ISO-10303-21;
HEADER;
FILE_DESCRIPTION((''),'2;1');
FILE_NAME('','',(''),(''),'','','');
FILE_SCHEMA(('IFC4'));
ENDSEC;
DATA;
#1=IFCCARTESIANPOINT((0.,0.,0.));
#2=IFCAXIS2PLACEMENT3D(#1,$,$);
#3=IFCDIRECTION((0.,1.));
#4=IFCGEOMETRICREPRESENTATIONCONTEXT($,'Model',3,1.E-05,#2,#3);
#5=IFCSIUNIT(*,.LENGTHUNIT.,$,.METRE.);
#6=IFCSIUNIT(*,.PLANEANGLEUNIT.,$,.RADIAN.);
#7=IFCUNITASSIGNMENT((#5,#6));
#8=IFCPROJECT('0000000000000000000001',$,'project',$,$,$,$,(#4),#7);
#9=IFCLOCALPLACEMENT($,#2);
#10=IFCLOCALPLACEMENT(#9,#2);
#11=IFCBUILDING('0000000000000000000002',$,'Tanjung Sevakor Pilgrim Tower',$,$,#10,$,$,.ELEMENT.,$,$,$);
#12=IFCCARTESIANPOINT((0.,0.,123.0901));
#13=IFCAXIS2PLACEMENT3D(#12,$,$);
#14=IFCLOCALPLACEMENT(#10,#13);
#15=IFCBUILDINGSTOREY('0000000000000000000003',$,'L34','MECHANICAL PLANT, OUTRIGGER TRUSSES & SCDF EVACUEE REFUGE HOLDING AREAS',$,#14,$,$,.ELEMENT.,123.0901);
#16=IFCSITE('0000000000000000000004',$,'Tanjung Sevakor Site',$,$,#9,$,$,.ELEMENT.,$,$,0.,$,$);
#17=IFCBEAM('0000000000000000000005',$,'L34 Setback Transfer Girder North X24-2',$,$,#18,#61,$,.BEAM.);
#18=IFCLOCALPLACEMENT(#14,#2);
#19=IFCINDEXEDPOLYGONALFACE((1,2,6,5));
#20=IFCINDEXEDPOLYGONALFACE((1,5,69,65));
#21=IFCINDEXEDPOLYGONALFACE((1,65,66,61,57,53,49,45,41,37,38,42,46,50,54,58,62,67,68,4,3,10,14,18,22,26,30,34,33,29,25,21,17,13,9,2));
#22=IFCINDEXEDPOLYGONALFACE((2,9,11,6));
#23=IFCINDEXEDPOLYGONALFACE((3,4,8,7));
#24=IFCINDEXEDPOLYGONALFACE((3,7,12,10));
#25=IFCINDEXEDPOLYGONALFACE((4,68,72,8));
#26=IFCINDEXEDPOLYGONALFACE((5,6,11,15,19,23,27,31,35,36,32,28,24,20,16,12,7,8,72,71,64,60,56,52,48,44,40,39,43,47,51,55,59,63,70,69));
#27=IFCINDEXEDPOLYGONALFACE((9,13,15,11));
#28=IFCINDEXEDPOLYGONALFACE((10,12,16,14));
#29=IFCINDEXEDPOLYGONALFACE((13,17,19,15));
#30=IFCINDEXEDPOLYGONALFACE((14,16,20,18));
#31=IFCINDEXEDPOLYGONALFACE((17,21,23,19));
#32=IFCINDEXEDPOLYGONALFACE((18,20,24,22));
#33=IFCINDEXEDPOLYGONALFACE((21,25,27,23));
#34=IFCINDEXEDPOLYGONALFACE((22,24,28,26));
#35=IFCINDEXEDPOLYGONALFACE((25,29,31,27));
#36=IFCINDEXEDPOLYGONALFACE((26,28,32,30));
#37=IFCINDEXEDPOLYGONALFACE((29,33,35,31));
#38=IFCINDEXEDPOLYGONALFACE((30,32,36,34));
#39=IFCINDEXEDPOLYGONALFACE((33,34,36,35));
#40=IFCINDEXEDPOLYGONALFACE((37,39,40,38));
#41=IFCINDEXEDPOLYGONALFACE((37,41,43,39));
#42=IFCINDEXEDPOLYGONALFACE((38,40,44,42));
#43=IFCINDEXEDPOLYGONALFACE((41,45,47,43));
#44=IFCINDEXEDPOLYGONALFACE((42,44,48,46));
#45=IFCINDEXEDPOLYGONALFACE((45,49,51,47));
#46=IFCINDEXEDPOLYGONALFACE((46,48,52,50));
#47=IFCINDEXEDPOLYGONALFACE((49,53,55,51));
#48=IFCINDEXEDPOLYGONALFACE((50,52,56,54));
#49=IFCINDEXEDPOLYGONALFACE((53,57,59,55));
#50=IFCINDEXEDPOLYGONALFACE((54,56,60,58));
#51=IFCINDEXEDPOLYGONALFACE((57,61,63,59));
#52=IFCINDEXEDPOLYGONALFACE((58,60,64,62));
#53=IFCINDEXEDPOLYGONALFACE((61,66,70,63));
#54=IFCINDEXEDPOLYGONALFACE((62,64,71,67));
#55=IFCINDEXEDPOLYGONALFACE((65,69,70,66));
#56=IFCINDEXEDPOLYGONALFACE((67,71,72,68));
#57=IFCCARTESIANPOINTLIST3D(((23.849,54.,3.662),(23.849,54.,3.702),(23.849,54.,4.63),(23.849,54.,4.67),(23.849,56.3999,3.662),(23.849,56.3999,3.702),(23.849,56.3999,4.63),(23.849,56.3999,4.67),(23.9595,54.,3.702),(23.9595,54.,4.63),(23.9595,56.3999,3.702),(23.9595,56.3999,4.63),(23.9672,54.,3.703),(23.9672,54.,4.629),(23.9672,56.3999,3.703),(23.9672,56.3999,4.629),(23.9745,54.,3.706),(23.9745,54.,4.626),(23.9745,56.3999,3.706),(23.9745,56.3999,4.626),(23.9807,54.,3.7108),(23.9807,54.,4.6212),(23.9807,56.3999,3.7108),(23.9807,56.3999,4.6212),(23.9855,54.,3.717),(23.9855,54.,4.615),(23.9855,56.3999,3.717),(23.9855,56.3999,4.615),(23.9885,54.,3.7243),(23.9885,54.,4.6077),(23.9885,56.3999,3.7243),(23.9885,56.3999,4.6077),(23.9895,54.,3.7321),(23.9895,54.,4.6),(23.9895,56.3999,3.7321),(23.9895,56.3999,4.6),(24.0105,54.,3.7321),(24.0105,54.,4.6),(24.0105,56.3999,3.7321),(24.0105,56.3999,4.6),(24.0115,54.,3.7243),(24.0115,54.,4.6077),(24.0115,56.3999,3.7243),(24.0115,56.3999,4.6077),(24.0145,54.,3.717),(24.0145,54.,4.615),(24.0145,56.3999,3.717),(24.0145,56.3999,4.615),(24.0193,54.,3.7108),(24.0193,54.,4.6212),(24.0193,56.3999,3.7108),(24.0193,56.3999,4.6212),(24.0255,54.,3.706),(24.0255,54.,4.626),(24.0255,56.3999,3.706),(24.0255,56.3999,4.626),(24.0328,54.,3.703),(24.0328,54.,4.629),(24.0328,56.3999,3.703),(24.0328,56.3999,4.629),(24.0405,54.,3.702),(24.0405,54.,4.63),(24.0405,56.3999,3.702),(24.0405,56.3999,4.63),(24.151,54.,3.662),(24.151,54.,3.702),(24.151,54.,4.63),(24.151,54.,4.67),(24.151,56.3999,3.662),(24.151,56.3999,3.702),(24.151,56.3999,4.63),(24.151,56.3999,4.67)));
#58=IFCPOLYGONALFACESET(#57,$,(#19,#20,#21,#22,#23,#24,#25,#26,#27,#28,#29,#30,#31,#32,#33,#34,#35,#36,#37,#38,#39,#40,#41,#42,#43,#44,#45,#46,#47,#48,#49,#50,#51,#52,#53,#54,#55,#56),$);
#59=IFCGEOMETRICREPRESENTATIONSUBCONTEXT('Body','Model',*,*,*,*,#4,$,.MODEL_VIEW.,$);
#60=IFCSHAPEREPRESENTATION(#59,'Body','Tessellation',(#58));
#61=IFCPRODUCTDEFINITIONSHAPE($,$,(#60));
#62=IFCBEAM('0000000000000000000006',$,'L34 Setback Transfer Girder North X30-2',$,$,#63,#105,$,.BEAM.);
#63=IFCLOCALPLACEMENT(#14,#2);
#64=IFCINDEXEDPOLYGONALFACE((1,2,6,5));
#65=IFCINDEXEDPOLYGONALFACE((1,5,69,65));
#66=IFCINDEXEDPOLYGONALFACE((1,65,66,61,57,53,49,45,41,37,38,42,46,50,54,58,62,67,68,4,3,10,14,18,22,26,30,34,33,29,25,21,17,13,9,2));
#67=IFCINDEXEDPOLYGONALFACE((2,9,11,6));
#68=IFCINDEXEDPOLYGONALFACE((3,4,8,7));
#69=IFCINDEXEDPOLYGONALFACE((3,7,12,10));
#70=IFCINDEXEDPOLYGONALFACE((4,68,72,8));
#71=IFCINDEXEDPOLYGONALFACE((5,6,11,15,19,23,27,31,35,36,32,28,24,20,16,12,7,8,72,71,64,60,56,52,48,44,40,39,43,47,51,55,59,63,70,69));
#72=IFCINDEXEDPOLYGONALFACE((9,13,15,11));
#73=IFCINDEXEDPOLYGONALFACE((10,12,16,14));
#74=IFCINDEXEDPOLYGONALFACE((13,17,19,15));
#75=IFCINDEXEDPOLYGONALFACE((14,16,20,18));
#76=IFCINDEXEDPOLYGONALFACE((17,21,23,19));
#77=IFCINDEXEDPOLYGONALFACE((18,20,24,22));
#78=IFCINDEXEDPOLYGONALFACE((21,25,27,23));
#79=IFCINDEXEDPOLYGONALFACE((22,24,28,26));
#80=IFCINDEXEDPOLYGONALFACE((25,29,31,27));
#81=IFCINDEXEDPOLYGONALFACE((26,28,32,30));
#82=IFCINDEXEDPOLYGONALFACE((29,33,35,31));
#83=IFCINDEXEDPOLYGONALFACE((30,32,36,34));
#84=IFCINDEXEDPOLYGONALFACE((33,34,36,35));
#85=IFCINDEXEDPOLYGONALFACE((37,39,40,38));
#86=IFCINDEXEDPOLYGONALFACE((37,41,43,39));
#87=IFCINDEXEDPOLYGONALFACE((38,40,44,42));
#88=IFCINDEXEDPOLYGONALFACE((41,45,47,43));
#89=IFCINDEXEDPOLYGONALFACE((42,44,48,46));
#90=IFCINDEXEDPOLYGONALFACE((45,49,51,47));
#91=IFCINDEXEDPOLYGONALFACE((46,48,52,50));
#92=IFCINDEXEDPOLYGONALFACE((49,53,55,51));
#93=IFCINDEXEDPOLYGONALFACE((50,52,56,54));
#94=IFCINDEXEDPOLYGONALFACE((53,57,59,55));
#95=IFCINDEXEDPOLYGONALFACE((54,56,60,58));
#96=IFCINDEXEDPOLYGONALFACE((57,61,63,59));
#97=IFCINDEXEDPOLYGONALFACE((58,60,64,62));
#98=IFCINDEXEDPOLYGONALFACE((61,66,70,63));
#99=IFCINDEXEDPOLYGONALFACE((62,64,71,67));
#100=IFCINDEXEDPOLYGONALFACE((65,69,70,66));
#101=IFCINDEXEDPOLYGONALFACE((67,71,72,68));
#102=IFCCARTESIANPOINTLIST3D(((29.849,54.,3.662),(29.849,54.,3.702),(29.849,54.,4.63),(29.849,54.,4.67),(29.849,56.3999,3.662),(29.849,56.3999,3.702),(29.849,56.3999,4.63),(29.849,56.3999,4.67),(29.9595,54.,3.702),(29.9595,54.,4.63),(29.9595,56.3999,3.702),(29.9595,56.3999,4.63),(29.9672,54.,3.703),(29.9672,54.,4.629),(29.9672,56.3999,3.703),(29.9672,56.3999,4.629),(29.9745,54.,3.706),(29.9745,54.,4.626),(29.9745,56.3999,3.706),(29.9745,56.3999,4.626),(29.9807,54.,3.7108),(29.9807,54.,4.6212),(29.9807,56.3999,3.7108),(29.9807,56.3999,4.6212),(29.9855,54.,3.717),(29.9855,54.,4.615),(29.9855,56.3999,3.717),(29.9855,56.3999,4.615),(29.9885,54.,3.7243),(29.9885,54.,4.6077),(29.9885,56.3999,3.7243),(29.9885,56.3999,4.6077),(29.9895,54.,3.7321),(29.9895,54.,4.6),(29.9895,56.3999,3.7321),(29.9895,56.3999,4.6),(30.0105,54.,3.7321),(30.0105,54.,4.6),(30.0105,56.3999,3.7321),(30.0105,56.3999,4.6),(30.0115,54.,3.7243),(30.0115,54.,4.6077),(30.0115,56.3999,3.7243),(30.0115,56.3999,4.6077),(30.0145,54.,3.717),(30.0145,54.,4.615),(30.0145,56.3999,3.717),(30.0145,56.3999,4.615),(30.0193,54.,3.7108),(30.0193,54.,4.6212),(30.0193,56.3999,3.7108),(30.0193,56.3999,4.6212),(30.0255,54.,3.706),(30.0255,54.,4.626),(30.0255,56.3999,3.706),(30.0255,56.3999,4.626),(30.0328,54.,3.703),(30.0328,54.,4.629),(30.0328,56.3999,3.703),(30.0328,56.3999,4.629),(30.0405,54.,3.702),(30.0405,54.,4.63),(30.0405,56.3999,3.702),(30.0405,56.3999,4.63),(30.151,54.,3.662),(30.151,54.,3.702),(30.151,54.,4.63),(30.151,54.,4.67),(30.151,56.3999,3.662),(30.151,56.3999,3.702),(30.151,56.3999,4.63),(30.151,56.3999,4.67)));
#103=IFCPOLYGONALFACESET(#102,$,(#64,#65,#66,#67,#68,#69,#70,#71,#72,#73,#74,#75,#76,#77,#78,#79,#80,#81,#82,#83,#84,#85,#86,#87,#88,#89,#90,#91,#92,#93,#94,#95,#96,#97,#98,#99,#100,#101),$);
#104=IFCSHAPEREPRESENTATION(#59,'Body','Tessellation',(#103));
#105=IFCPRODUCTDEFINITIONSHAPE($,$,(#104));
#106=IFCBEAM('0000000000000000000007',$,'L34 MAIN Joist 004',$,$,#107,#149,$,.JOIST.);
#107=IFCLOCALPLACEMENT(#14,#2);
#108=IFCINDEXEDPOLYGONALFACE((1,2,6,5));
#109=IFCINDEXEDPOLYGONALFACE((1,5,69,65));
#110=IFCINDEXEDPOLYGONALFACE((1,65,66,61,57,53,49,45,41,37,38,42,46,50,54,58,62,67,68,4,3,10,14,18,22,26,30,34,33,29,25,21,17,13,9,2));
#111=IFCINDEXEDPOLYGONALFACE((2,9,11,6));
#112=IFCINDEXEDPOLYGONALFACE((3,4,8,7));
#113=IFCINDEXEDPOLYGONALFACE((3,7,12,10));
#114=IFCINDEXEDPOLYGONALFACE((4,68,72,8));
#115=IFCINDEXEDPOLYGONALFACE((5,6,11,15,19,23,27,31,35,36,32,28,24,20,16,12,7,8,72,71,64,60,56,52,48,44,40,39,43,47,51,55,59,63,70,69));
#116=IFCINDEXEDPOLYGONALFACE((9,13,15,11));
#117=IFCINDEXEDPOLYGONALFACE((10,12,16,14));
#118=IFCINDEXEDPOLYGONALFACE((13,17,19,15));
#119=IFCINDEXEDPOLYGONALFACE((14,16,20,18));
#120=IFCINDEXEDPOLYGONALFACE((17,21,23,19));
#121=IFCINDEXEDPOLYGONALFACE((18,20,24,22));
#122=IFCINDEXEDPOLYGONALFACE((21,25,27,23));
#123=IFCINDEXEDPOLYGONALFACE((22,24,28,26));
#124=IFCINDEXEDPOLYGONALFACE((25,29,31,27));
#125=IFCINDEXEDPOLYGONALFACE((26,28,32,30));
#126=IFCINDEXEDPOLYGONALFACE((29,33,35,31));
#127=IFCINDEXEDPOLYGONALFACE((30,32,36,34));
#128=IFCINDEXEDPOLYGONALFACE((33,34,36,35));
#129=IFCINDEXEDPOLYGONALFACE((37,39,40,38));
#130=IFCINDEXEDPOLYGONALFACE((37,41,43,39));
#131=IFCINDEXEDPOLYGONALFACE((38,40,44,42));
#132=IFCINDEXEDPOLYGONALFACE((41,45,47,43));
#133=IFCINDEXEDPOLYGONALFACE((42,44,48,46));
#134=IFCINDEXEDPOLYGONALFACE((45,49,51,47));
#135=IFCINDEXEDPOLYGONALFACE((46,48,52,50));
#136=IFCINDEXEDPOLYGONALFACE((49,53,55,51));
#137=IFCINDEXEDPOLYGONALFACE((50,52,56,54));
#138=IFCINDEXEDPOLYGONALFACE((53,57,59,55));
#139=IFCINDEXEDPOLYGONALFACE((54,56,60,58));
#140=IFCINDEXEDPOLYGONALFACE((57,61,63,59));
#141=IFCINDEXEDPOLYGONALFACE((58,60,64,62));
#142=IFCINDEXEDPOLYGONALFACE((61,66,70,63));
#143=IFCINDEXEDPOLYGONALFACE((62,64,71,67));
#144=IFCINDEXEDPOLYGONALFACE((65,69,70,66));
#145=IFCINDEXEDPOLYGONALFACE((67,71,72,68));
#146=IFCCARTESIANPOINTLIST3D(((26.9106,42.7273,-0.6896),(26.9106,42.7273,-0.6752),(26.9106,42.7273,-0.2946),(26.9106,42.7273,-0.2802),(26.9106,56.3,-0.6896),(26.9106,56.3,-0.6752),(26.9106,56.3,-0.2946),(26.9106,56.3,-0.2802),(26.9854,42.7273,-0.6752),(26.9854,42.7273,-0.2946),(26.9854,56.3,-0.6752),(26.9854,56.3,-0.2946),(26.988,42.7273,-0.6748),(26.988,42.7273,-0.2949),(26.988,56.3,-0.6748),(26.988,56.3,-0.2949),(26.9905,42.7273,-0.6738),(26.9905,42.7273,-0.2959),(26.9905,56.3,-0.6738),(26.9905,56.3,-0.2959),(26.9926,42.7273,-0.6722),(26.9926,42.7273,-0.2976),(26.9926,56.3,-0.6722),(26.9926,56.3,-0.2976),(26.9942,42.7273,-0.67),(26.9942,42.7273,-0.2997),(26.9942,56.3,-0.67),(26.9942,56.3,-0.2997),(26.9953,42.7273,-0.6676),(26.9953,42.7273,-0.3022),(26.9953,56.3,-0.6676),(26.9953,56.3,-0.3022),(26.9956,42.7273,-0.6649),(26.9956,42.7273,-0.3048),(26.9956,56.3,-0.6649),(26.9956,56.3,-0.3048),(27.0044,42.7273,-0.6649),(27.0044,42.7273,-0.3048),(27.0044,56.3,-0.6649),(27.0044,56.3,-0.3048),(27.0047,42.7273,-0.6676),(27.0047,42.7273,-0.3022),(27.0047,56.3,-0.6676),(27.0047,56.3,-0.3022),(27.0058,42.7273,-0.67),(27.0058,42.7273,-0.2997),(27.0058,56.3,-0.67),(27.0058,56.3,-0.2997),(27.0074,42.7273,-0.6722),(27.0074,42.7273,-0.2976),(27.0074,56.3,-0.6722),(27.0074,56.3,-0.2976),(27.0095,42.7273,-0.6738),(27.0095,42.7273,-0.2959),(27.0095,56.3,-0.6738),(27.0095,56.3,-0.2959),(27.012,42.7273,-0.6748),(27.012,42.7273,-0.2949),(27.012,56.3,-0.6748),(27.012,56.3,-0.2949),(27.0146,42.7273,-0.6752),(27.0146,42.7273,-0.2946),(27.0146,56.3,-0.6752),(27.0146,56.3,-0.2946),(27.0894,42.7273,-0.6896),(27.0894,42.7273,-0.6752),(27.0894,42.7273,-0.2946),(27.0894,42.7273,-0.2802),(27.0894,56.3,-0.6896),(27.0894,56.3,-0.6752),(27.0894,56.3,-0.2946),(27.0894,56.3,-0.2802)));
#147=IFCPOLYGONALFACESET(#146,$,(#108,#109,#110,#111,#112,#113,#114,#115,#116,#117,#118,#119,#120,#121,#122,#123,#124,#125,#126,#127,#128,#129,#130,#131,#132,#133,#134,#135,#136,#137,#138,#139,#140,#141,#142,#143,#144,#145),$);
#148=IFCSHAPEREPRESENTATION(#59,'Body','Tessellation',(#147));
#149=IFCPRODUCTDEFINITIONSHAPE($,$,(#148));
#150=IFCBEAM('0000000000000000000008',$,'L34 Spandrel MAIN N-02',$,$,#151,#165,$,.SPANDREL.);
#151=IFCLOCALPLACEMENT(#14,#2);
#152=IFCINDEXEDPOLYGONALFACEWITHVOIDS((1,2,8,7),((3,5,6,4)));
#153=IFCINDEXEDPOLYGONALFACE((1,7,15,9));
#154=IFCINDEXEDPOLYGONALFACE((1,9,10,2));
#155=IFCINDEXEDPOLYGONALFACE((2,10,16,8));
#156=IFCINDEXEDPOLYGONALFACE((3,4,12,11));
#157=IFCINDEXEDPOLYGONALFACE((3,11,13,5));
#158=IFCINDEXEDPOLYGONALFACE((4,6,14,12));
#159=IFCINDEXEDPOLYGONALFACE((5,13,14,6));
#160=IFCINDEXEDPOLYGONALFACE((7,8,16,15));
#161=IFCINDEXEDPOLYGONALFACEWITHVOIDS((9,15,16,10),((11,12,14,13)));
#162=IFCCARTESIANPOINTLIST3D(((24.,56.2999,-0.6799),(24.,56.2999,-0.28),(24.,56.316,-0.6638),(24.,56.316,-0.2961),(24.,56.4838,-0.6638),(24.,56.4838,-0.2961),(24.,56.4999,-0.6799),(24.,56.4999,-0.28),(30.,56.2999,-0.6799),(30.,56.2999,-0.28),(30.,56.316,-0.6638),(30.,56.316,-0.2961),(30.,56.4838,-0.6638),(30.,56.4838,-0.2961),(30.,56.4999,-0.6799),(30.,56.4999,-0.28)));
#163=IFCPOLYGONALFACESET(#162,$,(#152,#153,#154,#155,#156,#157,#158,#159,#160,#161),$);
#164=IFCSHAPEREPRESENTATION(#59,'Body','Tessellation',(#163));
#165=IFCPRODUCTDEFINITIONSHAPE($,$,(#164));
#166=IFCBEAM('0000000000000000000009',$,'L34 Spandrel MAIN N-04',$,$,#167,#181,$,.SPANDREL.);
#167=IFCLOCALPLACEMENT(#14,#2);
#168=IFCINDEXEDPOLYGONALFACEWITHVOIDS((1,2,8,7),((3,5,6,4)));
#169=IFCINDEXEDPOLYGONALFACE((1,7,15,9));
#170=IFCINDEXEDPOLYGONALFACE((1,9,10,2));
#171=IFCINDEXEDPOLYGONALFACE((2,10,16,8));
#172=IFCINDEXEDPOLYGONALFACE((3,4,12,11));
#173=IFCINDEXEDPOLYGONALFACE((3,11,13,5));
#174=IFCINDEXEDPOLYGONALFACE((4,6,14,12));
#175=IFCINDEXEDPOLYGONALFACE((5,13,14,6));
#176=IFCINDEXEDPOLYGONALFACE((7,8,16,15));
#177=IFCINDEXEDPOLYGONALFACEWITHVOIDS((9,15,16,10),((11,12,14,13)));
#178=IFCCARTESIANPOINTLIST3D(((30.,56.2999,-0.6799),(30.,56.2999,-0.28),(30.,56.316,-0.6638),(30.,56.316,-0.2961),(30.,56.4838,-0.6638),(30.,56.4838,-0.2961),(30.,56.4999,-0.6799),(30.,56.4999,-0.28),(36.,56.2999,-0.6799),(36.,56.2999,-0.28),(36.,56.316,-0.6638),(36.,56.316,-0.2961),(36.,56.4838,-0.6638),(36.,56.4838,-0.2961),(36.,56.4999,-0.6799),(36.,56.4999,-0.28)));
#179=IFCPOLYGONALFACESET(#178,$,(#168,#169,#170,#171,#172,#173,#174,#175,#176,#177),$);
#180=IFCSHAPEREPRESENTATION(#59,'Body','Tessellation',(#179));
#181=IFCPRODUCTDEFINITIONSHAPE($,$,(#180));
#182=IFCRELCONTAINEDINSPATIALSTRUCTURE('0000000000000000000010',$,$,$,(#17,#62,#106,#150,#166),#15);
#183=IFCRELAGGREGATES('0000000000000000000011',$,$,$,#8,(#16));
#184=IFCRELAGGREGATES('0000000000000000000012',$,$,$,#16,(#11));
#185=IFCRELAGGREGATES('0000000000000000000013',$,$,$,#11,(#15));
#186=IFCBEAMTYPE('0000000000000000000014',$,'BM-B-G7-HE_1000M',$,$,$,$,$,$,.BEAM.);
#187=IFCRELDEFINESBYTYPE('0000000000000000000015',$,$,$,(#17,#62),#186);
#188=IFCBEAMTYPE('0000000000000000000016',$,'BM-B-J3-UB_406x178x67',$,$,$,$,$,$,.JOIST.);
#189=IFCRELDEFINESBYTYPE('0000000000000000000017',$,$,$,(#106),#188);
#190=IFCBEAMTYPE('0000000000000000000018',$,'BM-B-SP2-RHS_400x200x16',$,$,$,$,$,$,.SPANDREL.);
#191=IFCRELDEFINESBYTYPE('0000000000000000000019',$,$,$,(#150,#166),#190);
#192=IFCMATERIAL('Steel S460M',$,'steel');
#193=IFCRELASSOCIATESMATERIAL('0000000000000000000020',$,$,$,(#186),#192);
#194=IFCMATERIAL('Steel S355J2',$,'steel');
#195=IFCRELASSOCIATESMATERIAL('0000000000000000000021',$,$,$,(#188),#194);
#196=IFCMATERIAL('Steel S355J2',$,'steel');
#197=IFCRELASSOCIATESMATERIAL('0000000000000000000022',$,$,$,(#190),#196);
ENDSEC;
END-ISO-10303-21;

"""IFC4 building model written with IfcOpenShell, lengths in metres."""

from ifc_helpers import new_model, si_unit, direction, frame, origin, origin_2d, place, context, subcontext, project, spatial, hollow_rectangle, i_section, extrude, material, material_profile, profile_set, type_object, element, save


model = new_model("IFC4")

# Units and contexts
model_context = context("Model", 3, precision=1e-05, world=origin(), true_north=direction((0.0, 1.0)))
body_context = subcontext(model_context, "Body", "Model", "MODEL_VIEW")
ifc_project = project(units=[si_unit("LENGTHUNIT", "METRE"), si_unit("PLANEANGLEUNIT", "RADIAN")], contexts=[model_context])

# Site, building, storey
site_placement = place(None, origin())
site = spatial("IfcSite", under=ifc_project, at=site_placement, Name="Tanjung Sevakor Site", CompositionType="ELEMENT", RefElevation=0.0)
building_placement = place(site_placement, origin())
building = spatial("IfcBuilding", under=site, at=building_placement, Name="Tanjung Sevakor Pilgrim Tower", CompositionType="ELEMENT")
storey_placement = place(building_placement, frame((0.0, 0.0, 123.0901)))
storey = spatial("IfcBuildingStorey", under=building, at=storey_placement, Name="L34", Description="MECHANICAL PLANT, OUTRIGGER TRUSSES & SCDF EVACUEE REFUGE HOLDING AREAS", CompositionType="ELEMENT", Elevation=123.0901)

# Beams
ifc_material_1 = material(Name="Steel S460M", Category="steel")
ifc_material_profile_1 = material_profile(ifc_material_1, i_section(OverallWidth=0.302, OverallDepth=1.0081, WebThickness=0.021, FlangeThickness=0.04, FilletRadius=0.03, at=origin_2d()))
ifc_profile_set_1 = profile_set([ifc_material_profile_1], Name="Steel S460M")
beam_type_1 = type_object("IfcBeamType", Name="BM-B-G7-HE_1000M", PredefinedType="BEAM", material=ifc_profile_set_1)
for number, where, z_axis, x_axis, name in (
    (1, (24.0, 54.0, 4.166), (0.0, 1.0, 0.0), (-1.0, 0.0, 0.0), "L34 Setback Transfer Girder North X24-2"),
    (2, (30.0, 54.0, 4.166), (0.0, 1.0, 0.0), (-1.0, 0.0, 0.0), "L34 Setback Transfer Girder North X30-2"),
):
    element("IfcBeam", number, at=place(storey_placement, frame(where, z_axis=z_axis, x_axis=x_axis)), inside=storey, type_object=beam_type_1, Name=name, PredefinedType="BEAM", context=body_context, shape_type="SweptSolid", body=[
        extrude(i_section(OverallWidth=0.302, OverallDepth=1.0081, WebThickness=0.021, FlangeThickness=0.04, FilletRadius=0.03, at=origin_2d()), origin(), (0.0, 0.0, 1.0), 2.3999),
    ])
ifc_material_2 = material(Name="Steel S355J2", Category="steel")
ifc_material_profile_2 = material_profile(ifc_material_2, i_section(OverallWidth=0.1787, OverallDepth=0.4094, WebThickness=0.0088, FlangeThickness=0.0144, FilletRadius=0.0103, at=origin_2d()))
ifc_profile_set_2 = profile_set([ifc_material_profile_2], Name="Steel S355J2")
beam_type_2 = type_object("IfcBeamType", Name="BM-B-J3-UB_406x178x67", PredefinedType="JOIST", material=ifc_profile_set_2)
beam_1_placement = place(storey_placement, frame((27.0, 42.7273, -0.4849), z_axis=(0.0, 1.0, 0.0), x_axis=(-1.0, 0.0, 0.0)))
element("IfcBeam", 3, at=beam_1_placement, inside=storey, type_object=beam_type_2, Name="L34 MAIN Joist 004", PredefinedType="JOIST", context=body_context, shape_type="SweptSolid", body=[
    extrude(i_section(OverallWidth=0.1787, OverallDepth=0.4094, WebThickness=0.0088, FlangeThickness=0.0144, FilletRadius=0.0103, at=origin_2d()), origin(), (0.0, 0.0, 1.0), 13.5728),
])
ifc_material_3 = material(Name="Steel S355J2", Category="steel")
ifc_material_profile_3 = material_profile(ifc_material_3, hollow_rectangle(XDim=0.2, YDim=0.3999, WallThickness=0.0161, at=origin_2d()))
ifc_profile_set_3 = profile_set([ifc_material_profile_3], Name="Steel S355J2")
beam_type_3 = type_object("IfcBeamType", Name="BM-B-SP2-RHS_400x200x16", PredefinedType="SPANDREL", material=ifc_profile_set_3)
for number, where, z_axis, x_axis, name in (
    (4, (24.0, 56.3999, -0.48), (1.0, 0.0, 0.0), (0.0, 1.0, 0.0), "L34 Spandrel MAIN N-02"),
    (5, (30.0, 56.3999, -0.48), (1.0, 0.0, 0.0), (0.0, 1.0, 0.0), "L34 Spandrel MAIN N-04"),
):
    element("IfcBeam", number, at=place(storey_placement, frame(where, z_axis=z_axis, x_axis=x_axis)), inside=storey, type_object=beam_type_3, Name=name, PredefinedType="SPANDREL", context=body_context, shape_type="SweptSolid", body=[
        extrude(hollow_rectangle(XDim=0.2, YDim=0.3999, WallThickness=0.0161, at=origin_2d()), origin(), (0.0, 0.0, 1.0), 6.0),
    ])

save(model, "model.ifc")
